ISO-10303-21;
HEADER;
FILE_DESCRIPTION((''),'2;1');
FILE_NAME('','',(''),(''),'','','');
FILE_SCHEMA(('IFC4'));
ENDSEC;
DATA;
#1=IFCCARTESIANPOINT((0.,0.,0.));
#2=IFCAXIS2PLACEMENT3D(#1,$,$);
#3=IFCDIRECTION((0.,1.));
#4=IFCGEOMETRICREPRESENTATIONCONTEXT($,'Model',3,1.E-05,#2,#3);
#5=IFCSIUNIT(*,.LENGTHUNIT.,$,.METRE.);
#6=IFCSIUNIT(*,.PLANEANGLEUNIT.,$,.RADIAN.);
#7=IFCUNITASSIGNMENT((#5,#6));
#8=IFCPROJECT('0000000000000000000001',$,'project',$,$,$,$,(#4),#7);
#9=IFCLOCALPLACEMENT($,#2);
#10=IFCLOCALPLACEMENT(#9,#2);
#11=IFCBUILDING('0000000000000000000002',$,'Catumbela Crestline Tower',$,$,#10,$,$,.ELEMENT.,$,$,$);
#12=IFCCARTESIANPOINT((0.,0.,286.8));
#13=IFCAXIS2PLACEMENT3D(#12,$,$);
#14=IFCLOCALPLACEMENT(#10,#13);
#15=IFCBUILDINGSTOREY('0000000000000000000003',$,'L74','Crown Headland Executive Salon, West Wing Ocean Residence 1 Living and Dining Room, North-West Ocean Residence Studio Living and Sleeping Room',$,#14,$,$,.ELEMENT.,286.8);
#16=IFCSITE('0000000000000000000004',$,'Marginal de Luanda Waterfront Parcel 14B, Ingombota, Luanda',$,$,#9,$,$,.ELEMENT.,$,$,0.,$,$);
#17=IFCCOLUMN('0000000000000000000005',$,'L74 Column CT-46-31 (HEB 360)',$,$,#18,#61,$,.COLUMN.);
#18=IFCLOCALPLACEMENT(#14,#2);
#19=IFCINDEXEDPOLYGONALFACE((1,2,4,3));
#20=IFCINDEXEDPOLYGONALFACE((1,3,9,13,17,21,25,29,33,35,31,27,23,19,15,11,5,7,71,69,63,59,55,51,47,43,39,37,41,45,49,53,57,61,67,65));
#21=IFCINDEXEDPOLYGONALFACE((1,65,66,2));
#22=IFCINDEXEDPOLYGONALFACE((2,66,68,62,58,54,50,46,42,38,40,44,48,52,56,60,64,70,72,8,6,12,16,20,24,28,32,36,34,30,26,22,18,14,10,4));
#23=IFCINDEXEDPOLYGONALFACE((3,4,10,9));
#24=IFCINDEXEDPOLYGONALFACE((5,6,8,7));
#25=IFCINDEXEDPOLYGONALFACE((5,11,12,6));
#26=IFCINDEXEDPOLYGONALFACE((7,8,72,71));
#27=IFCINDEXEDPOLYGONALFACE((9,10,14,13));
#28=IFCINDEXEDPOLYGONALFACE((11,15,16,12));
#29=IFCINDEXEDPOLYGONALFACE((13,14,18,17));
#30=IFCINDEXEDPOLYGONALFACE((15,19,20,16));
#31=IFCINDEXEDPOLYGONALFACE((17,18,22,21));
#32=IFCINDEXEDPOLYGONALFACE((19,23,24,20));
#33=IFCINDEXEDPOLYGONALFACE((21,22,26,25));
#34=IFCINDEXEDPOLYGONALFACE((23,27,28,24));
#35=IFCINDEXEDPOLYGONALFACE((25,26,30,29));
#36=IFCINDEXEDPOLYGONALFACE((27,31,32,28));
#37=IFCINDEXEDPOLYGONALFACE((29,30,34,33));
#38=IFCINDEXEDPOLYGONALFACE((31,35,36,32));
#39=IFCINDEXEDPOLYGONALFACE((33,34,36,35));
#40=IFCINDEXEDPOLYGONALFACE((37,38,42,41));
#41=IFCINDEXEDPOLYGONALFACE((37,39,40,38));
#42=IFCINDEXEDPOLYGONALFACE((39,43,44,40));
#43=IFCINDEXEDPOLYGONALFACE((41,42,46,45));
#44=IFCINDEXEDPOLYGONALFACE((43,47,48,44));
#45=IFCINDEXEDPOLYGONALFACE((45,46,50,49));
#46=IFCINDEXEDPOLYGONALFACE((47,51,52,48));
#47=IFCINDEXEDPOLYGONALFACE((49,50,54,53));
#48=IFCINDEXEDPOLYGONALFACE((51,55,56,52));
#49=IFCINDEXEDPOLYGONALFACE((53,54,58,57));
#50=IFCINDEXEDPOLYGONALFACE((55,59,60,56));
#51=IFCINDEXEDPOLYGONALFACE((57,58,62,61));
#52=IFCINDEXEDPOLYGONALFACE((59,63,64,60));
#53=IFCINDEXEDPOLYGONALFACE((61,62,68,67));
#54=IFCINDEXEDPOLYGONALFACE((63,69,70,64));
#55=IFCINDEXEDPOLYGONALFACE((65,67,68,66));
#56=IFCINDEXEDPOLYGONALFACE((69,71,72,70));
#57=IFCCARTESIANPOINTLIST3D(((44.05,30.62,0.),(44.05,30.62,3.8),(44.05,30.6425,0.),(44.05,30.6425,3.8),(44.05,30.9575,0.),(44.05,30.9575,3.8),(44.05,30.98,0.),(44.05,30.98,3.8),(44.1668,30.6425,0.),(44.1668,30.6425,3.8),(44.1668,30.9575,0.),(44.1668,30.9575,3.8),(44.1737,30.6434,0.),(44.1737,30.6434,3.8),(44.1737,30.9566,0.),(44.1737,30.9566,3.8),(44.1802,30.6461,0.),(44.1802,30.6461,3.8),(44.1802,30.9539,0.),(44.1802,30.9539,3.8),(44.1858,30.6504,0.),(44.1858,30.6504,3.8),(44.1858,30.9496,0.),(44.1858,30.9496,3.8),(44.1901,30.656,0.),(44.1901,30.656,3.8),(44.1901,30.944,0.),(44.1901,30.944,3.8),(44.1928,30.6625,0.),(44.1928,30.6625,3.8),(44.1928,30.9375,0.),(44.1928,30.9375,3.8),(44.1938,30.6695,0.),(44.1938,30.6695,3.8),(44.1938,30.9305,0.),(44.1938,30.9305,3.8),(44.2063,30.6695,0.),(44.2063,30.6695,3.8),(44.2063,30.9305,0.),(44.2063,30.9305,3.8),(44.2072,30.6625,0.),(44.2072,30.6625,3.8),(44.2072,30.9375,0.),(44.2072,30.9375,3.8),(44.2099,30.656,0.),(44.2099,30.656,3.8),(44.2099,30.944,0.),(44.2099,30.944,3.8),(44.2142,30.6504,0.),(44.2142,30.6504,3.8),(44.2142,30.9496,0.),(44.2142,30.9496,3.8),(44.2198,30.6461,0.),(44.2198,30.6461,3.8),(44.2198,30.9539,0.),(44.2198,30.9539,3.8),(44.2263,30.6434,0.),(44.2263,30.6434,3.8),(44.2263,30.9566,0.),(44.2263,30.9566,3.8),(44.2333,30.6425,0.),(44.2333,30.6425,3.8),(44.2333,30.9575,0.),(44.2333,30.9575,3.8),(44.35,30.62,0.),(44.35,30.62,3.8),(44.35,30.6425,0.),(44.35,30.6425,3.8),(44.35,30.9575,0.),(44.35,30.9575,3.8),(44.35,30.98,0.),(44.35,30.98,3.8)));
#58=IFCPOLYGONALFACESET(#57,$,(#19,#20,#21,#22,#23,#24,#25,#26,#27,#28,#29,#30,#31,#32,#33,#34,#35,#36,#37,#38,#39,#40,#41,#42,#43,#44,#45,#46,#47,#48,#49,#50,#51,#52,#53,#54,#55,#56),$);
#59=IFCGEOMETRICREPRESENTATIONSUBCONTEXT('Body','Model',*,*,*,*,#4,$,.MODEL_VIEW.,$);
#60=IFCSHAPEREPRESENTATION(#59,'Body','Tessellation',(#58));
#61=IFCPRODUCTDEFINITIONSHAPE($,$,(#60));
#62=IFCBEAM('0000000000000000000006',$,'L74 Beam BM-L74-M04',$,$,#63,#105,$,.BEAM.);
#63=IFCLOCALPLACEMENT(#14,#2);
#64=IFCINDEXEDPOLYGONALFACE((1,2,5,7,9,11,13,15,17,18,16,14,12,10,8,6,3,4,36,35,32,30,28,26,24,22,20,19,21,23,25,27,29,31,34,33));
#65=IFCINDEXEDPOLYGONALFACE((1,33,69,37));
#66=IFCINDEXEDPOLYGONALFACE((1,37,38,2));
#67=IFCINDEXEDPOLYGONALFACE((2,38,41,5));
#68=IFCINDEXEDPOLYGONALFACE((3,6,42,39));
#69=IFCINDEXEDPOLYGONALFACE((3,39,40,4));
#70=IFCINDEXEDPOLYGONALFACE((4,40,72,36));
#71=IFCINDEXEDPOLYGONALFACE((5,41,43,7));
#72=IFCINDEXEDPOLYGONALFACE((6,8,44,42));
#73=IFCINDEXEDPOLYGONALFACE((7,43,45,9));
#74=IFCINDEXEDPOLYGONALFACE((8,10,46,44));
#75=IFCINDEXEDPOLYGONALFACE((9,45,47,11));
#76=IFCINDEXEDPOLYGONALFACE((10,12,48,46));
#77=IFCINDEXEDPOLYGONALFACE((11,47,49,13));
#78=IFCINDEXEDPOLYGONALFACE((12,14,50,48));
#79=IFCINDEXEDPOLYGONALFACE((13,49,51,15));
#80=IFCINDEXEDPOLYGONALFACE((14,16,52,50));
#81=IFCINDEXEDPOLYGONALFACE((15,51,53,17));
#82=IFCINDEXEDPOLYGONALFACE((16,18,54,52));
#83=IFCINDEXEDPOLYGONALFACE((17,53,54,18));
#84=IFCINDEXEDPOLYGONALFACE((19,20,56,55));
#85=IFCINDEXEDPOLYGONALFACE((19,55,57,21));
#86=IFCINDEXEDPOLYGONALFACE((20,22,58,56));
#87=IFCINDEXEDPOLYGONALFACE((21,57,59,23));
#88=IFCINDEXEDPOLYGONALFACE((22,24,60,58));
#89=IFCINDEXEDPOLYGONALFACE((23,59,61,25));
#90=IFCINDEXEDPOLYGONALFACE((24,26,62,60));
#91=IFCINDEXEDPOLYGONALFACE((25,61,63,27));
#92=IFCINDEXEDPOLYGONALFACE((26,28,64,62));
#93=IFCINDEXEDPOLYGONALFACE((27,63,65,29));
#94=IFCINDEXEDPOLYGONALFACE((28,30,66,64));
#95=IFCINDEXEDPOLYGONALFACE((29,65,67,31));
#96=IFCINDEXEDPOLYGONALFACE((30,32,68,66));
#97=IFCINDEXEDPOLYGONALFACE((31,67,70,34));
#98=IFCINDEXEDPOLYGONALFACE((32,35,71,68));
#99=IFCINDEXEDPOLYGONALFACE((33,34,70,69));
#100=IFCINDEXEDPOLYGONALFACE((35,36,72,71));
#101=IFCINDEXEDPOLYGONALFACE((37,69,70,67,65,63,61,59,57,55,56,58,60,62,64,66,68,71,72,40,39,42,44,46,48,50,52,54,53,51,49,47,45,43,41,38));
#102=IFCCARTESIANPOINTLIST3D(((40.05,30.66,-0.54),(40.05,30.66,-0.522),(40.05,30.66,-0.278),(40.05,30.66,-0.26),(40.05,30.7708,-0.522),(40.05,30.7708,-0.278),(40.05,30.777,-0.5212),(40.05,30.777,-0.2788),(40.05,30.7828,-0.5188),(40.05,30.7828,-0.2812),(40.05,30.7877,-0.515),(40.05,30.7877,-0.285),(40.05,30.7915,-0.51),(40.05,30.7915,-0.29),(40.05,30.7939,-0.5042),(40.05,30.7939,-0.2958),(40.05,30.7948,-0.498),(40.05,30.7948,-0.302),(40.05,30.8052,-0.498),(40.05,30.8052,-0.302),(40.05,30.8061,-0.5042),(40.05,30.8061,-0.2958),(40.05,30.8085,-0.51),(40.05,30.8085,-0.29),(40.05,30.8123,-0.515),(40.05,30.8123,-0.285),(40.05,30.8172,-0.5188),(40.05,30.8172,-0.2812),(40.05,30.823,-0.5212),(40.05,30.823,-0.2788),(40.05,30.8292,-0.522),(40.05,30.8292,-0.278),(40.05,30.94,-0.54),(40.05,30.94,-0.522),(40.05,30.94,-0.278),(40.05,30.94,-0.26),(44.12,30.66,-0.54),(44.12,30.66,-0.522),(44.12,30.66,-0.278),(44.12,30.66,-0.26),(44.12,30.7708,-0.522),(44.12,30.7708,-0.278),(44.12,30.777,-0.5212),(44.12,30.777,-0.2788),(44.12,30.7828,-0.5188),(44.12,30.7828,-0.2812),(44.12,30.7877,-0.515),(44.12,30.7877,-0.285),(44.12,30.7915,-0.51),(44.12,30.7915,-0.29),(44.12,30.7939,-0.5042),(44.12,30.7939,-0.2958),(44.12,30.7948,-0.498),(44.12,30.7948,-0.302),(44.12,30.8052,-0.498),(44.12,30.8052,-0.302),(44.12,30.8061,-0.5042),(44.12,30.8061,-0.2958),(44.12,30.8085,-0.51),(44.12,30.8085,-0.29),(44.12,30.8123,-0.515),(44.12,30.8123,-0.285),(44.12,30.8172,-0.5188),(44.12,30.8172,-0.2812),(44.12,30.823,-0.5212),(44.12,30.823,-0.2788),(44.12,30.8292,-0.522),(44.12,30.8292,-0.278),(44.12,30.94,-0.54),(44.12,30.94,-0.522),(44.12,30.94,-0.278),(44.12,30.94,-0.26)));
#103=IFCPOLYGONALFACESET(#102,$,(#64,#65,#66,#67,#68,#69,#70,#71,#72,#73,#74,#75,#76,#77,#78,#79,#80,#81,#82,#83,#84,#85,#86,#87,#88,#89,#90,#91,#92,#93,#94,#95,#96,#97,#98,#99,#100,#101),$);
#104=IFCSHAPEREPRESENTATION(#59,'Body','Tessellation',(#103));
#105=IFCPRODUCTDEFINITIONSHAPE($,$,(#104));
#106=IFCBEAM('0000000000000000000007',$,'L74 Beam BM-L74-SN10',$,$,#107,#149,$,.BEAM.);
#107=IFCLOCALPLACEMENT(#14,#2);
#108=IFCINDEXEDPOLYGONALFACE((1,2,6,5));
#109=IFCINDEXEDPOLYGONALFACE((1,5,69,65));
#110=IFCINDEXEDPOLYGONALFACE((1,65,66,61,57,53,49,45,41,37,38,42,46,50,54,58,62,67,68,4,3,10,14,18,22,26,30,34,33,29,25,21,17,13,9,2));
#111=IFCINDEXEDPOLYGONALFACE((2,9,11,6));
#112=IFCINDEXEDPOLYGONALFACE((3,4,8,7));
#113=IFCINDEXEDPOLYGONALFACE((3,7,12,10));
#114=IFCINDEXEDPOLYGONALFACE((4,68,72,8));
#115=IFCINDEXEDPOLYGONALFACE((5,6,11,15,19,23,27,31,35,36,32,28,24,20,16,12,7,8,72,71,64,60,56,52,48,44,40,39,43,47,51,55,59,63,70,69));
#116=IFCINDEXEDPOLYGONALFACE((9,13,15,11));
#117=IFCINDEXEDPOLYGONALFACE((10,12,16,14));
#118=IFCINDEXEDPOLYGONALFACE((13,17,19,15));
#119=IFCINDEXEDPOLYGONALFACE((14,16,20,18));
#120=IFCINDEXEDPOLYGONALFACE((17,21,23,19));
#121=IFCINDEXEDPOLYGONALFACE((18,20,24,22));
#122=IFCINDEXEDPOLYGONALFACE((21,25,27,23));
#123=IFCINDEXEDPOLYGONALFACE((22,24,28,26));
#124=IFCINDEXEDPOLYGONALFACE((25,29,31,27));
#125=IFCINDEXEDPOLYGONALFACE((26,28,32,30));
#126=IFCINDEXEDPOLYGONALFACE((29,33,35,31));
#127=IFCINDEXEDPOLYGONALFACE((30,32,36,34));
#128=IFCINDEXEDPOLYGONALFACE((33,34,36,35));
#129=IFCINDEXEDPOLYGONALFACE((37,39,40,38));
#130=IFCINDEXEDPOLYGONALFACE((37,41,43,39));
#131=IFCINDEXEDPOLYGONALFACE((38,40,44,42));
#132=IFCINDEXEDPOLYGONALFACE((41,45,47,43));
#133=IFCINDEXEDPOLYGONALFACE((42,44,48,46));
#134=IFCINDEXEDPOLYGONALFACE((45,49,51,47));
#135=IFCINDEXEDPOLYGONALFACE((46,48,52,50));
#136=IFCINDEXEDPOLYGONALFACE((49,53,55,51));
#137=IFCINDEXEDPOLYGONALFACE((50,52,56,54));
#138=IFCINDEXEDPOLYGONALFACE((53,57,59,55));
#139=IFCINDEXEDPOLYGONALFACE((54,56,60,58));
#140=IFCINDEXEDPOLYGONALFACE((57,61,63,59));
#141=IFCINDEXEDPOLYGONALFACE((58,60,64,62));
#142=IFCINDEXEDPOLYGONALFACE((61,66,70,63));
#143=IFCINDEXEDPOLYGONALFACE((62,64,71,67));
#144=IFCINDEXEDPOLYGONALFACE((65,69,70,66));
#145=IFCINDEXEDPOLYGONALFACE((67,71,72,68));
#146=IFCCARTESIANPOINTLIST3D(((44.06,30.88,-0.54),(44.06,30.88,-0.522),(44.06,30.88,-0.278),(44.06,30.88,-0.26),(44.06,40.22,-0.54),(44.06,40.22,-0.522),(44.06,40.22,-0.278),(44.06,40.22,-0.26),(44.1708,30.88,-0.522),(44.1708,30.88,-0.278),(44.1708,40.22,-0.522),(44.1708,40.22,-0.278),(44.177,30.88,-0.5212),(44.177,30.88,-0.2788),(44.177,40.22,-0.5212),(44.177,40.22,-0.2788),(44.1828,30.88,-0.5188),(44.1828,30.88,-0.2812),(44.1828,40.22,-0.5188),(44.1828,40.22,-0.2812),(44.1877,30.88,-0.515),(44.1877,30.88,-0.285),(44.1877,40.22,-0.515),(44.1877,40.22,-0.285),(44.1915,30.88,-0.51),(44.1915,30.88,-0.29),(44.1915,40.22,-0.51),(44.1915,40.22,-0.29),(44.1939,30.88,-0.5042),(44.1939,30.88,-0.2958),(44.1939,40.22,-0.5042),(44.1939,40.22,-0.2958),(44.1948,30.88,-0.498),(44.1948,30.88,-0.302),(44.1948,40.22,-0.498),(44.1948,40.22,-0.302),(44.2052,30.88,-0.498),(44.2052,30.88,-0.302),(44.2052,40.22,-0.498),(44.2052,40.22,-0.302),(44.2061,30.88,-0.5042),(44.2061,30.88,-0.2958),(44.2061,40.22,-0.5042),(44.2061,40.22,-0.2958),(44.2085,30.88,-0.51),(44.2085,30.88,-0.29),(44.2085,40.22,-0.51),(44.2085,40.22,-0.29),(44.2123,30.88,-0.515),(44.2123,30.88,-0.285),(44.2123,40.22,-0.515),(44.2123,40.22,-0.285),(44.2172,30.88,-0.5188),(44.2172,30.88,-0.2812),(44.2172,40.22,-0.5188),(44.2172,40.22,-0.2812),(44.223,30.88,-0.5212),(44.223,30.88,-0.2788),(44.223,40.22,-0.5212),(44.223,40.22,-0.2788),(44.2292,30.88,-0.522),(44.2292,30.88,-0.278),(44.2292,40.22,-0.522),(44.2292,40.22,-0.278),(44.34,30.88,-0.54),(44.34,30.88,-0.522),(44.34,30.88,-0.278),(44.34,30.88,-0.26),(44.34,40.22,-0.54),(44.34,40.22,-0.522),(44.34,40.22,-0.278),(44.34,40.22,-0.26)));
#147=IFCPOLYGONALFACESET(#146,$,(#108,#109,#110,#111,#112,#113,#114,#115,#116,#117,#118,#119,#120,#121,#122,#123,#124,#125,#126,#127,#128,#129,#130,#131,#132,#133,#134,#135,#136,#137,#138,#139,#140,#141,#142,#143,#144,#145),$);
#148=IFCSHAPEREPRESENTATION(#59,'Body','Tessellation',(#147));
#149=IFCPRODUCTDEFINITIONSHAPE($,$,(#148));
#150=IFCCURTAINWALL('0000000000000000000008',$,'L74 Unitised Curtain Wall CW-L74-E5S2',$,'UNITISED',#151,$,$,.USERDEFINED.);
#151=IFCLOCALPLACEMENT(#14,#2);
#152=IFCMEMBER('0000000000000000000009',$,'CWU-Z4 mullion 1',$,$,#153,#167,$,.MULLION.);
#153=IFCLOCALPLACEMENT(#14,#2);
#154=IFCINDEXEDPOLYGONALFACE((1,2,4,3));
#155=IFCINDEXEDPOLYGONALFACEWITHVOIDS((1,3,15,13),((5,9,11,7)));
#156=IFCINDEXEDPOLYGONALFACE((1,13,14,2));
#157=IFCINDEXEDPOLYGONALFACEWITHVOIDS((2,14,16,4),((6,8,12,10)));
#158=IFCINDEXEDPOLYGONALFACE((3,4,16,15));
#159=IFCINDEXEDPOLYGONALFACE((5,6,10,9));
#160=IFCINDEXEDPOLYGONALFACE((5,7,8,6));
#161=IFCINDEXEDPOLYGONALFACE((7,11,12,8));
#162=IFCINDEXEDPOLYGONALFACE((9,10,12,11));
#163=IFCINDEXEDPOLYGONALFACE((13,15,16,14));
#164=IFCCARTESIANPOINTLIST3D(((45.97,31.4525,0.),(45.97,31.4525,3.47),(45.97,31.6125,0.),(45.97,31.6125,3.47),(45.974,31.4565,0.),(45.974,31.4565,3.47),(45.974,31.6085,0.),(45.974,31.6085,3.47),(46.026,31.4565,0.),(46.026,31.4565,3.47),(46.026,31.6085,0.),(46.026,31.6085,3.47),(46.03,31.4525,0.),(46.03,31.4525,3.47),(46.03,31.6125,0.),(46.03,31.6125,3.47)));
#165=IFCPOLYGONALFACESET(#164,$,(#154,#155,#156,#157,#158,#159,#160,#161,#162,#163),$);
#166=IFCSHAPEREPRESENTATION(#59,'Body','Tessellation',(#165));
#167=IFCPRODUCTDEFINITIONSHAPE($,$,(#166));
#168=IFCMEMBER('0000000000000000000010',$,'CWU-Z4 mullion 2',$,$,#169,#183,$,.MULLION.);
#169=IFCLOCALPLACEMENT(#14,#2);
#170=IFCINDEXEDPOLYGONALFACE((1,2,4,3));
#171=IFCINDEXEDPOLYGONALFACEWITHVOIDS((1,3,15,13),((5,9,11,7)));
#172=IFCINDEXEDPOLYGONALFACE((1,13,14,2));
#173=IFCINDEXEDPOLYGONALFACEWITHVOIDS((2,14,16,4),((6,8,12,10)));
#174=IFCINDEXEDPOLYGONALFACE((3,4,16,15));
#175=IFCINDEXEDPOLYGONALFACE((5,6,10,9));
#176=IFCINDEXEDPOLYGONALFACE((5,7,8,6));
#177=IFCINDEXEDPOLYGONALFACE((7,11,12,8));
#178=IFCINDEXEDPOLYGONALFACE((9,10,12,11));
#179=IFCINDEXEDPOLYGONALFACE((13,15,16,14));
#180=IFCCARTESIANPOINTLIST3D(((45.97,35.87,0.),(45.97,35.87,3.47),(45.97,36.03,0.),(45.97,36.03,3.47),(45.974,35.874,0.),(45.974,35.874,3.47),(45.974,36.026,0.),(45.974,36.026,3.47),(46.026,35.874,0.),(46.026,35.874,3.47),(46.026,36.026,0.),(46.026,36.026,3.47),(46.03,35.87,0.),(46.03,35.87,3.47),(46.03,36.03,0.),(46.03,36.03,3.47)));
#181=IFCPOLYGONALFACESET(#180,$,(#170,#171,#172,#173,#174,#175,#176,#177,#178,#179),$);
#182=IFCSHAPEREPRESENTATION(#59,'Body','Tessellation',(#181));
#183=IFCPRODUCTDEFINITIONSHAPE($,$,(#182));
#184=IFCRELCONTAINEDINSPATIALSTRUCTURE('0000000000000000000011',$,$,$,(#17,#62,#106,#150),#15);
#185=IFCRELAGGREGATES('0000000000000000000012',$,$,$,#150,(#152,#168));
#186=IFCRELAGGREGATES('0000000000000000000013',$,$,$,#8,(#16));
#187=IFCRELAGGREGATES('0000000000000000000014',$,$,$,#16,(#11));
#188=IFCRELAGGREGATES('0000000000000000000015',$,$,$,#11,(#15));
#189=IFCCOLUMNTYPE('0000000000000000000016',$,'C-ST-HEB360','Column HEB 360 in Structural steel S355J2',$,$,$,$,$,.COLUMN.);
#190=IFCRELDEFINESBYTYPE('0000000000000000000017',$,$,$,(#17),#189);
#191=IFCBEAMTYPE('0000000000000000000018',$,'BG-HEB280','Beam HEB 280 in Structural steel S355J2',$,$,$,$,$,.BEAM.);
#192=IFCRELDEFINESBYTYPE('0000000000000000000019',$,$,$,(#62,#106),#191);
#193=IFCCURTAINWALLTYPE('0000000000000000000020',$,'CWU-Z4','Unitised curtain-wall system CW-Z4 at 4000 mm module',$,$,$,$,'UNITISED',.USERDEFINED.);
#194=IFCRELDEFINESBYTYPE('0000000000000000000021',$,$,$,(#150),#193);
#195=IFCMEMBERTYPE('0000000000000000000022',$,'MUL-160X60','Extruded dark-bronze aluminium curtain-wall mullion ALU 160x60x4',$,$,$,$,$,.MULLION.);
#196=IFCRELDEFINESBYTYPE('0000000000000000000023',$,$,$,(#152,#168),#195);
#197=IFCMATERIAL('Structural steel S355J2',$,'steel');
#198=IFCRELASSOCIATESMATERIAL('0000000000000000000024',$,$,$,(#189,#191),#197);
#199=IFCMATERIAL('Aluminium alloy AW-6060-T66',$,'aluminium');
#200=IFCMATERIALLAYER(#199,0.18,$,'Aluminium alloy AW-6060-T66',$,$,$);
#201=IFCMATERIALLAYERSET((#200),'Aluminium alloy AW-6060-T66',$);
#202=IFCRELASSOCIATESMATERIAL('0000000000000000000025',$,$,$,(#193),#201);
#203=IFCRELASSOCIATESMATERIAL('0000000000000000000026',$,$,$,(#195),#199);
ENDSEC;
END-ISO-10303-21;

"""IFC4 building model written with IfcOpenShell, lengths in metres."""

from ifc_helpers import new_model, si_unit, direction, frame, origin, origin_2d, place, context, subcontext, project, spatial, hollow_rectangle, i_section, extrude, material, layer, layer_set, material_profile, profile_set, type_object, element, aggregate, save


model = new_model("IFC4")

# Units and contexts
model_context = context("Model", 3, precision=1e-05, world=origin(), true_north=direction((0.0, 1.0)))
body_context = subcontext(model_context, "Body", "Model", "MODEL_VIEW")
ifc_project = project(units=[si_unit("LENGTHUNIT", "METRE"), si_unit("PLANEANGLEUNIT", "RADIAN")], contexts=[model_context])

# Site, building, storey
site_placement = place(None, origin())
site = spatial("IfcSite", under=ifc_project, at=site_placement, Name="Marginal de Luanda Waterfront Parcel 14B, Ingombota, Luanda", CompositionType="ELEMENT", RefElevation=0.0)
building_placement = place(site_placement, origin())
building = spatial("IfcBuilding", under=site, at=building_placement, Name="Catumbela Crestline Tower", CompositionType="ELEMENT")
storey_placement = place(building_placement, frame((0.0, 0.0, 286.8)))
storey = spatial("IfcBuildingStorey", under=building, at=storey_placement, Name="L74", Description="Crown Headland Executive Salon, West Wing Ocean Residence 1 Living and Dining Room, North-West Ocean Residence Studio Living and Sleeping Room", CompositionType="ELEMENT", Elevation=286.8)

# Column
ifc_material_1 = material(Name="Structural steel S355J2", Category="steel")
ifc_material_profile_1 = material_profile(ifc_material_1, i_section(OverallWidth=0.3, OverallDepth=0.36, WebThickness=0.0125, FlangeThickness=0.0225, FilletRadius=0.027, at=origin_2d()), Name="HEB 360")
ifc_profile_set_1 = profile_set([ifc_material_profile_1], Name="Structural steel S355J2")
column_type = type_object("IfcColumnType", Name="C-ST-HEB360", Description="Column HEB 360 in Structural steel S355J2", PredefinedType="COLUMN", material=ifc_profile_set_1)
column_placement = place(storey_placement, frame((44.2, 30.8, 0.0), z_axis=(0.0, 0.0, 1.0), x_axis=(1.0, 0.0, 0.0)))
element("IfcColumn", 1, at=column_placement, inside=storey, type_object=column_type, Name="L74 Column CT-46-31 (HEB 360)", PredefinedType="COLUMN", context=body_context, shape_type="SweptSolid", body=[
    extrude(i_section(OverallWidth=0.3, OverallDepth=0.36, WebThickness=0.0125, FlangeThickness=0.0225, FilletRadius=0.027, at=origin_2d()), origin(), (0.0, 0.0, 1.0), 3.8),
])

# Beams
ifc_material_profile_2 = material_profile(ifc_material_1, i_section(OverallWidth=0.28, OverallDepth=0.28, WebThickness=0.0105, FlangeThickness=0.018, FilletRadius=0.024, at=origin_2d()), Name="HEB 280")
ifc_profile_set_2 = profile_set([ifc_material_profile_2], Name="Structural steel S355J2")
beam_type = type_object("IfcBeamType", Name="BG-HEB280", Description="Beam HEB 280 in Structural steel S355J2", PredefinedType="BEAM", material=ifc_profile_set_2)
beam_1_placement = place(storey_placement, frame((40.05, 30.8, -0.4), z_axis=(1.0, 0.0, 0.0), x_axis=(0.0, 1.0, 0.0)))
element("IfcBeam", 2, at=beam_1_placement, inside=storey, type_object=beam_type, Name="L74 Beam BM-L74-M04", PredefinedType="BEAM", context=body_context, shape_type="SweptSolid", body=[
    extrude(i_section(OverallWidth=0.28, OverallDepth=0.28, WebThickness=0.0105, FlangeThickness=0.018, FilletRadius=0.024, at=origin_2d()), origin(), (0.0, 0.0, 1.0), 4.07),
])
beam_2_placement = place(storey_placement, frame((44.2, 30.88, -0.4), z_axis=(0.0, 1.0, 0.0), x_axis=(-1.0, 0.0, 0.0)))
element("IfcBeam", 3, at=beam_2_placement, inside=storey, type_object=beam_type, Name="L74 Beam BM-L74-SN10", PredefinedType="BEAM", context=body_context, shape_type="SweptSolid", body=[
    extrude(i_section(OverallWidth=0.28, OverallDepth=0.28, WebThickness=0.0105, FlangeThickness=0.018, FilletRadius=0.024, at=origin_2d()), origin(), (0.0, 0.0, 1.0), 9.34),
])

# Curtain wall, members
ifc_material_2 = material(Name="Aluminium alloy AW-6060-T66", Category="aluminium")
ifc_layer_1 = layer(ifc_material_2, 0.18, Name="Aluminium alloy AW-6060-T66")
ifc_layer_set_1 = layer_set([ifc_layer_1], Name="Aluminium alloy AW-6060-T66")
curtain_wall_type = type_object("IfcCurtainWallType", Name="CWU-Z4", Description="Unitised curtain-wall system CW-Z4 at 4000 mm module", ElementType="UNITISED", PredefinedType="USERDEFINED", material=ifc_layer_set_1)
curtain_wall_placement = place(storey_placement, origin())
curtain_wall = element("IfcCurtainWall", 4, at=curtain_wall_placement, inside=storey, type_object=curtain_wall_type, Name="L74 Unitised Curtain Wall CW-L74-E5S2", ObjectType="UNITISED", PredefinedType="USERDEFINED")
ifc_material_profile_3 = material_profile(ifc_material_2, hollow_rectangle(XDim=0.06, YDim=0.16, WallThickness=0.004, at=origin_2d()), Name="ALU 160x60x4")
ifc_profile_set_3 = profile_set([ifc_material_profile_3], Name="Aluminium alloy AW-6060-T66")
member_type_1 = type_object("IfcMemberType", Name="MUL-160X60", Description="Extruded dark-bronze aluminium curtain-wall mullion ALU 160x60x4", PredefinedType="MULLION", material=ifc_profile_set_3)
member_1_placement = place(storey_placement, frame((46.0, 31.5325, 0.0), z_axis=(0.0, 0.0, 1.0), x_axis=(-1.0, 0.0, 0.0)))
member_1 = element("IfcMember", 5, at=member_1_placement, type_object=member_type_1, Name="CWU-Z4 mullion 1", PredefinedType="MULLION", context=body_context, shape_type="SweptSolid", body=[
    extrude(hollow_rectangle(XDim=0.06, YDim=0.16, WallThickness=0.004, at=origin_2d()), origin(), (0.0, 0.0, 1.0), 3.47),
])
member_2_placement = place(storey_placement, frame((46.0, 35.95, 0.0), z_axis=(0.0, 0.0, 1.0), x_axis=(-1.0, 0.0, 0.0)))
member_2 = element("IfcMember", 6, at=member_2_placement, type_object=member_type_1, Name="CWU-Z4 mullion 2", PredefinedType="MULLION", context=body_context, shape_type="SweptSolid", body=[
    extrude(hollow_rectangle(XDim=0.06, YDim=0.16, WallThickness=0.004, at=origin_2d()), origin(), (0.0, 0.0, 1.0), 3.47),
])
aggregate(curtain_wall, [member_1, member_2])

save(model, "model.ifc")
